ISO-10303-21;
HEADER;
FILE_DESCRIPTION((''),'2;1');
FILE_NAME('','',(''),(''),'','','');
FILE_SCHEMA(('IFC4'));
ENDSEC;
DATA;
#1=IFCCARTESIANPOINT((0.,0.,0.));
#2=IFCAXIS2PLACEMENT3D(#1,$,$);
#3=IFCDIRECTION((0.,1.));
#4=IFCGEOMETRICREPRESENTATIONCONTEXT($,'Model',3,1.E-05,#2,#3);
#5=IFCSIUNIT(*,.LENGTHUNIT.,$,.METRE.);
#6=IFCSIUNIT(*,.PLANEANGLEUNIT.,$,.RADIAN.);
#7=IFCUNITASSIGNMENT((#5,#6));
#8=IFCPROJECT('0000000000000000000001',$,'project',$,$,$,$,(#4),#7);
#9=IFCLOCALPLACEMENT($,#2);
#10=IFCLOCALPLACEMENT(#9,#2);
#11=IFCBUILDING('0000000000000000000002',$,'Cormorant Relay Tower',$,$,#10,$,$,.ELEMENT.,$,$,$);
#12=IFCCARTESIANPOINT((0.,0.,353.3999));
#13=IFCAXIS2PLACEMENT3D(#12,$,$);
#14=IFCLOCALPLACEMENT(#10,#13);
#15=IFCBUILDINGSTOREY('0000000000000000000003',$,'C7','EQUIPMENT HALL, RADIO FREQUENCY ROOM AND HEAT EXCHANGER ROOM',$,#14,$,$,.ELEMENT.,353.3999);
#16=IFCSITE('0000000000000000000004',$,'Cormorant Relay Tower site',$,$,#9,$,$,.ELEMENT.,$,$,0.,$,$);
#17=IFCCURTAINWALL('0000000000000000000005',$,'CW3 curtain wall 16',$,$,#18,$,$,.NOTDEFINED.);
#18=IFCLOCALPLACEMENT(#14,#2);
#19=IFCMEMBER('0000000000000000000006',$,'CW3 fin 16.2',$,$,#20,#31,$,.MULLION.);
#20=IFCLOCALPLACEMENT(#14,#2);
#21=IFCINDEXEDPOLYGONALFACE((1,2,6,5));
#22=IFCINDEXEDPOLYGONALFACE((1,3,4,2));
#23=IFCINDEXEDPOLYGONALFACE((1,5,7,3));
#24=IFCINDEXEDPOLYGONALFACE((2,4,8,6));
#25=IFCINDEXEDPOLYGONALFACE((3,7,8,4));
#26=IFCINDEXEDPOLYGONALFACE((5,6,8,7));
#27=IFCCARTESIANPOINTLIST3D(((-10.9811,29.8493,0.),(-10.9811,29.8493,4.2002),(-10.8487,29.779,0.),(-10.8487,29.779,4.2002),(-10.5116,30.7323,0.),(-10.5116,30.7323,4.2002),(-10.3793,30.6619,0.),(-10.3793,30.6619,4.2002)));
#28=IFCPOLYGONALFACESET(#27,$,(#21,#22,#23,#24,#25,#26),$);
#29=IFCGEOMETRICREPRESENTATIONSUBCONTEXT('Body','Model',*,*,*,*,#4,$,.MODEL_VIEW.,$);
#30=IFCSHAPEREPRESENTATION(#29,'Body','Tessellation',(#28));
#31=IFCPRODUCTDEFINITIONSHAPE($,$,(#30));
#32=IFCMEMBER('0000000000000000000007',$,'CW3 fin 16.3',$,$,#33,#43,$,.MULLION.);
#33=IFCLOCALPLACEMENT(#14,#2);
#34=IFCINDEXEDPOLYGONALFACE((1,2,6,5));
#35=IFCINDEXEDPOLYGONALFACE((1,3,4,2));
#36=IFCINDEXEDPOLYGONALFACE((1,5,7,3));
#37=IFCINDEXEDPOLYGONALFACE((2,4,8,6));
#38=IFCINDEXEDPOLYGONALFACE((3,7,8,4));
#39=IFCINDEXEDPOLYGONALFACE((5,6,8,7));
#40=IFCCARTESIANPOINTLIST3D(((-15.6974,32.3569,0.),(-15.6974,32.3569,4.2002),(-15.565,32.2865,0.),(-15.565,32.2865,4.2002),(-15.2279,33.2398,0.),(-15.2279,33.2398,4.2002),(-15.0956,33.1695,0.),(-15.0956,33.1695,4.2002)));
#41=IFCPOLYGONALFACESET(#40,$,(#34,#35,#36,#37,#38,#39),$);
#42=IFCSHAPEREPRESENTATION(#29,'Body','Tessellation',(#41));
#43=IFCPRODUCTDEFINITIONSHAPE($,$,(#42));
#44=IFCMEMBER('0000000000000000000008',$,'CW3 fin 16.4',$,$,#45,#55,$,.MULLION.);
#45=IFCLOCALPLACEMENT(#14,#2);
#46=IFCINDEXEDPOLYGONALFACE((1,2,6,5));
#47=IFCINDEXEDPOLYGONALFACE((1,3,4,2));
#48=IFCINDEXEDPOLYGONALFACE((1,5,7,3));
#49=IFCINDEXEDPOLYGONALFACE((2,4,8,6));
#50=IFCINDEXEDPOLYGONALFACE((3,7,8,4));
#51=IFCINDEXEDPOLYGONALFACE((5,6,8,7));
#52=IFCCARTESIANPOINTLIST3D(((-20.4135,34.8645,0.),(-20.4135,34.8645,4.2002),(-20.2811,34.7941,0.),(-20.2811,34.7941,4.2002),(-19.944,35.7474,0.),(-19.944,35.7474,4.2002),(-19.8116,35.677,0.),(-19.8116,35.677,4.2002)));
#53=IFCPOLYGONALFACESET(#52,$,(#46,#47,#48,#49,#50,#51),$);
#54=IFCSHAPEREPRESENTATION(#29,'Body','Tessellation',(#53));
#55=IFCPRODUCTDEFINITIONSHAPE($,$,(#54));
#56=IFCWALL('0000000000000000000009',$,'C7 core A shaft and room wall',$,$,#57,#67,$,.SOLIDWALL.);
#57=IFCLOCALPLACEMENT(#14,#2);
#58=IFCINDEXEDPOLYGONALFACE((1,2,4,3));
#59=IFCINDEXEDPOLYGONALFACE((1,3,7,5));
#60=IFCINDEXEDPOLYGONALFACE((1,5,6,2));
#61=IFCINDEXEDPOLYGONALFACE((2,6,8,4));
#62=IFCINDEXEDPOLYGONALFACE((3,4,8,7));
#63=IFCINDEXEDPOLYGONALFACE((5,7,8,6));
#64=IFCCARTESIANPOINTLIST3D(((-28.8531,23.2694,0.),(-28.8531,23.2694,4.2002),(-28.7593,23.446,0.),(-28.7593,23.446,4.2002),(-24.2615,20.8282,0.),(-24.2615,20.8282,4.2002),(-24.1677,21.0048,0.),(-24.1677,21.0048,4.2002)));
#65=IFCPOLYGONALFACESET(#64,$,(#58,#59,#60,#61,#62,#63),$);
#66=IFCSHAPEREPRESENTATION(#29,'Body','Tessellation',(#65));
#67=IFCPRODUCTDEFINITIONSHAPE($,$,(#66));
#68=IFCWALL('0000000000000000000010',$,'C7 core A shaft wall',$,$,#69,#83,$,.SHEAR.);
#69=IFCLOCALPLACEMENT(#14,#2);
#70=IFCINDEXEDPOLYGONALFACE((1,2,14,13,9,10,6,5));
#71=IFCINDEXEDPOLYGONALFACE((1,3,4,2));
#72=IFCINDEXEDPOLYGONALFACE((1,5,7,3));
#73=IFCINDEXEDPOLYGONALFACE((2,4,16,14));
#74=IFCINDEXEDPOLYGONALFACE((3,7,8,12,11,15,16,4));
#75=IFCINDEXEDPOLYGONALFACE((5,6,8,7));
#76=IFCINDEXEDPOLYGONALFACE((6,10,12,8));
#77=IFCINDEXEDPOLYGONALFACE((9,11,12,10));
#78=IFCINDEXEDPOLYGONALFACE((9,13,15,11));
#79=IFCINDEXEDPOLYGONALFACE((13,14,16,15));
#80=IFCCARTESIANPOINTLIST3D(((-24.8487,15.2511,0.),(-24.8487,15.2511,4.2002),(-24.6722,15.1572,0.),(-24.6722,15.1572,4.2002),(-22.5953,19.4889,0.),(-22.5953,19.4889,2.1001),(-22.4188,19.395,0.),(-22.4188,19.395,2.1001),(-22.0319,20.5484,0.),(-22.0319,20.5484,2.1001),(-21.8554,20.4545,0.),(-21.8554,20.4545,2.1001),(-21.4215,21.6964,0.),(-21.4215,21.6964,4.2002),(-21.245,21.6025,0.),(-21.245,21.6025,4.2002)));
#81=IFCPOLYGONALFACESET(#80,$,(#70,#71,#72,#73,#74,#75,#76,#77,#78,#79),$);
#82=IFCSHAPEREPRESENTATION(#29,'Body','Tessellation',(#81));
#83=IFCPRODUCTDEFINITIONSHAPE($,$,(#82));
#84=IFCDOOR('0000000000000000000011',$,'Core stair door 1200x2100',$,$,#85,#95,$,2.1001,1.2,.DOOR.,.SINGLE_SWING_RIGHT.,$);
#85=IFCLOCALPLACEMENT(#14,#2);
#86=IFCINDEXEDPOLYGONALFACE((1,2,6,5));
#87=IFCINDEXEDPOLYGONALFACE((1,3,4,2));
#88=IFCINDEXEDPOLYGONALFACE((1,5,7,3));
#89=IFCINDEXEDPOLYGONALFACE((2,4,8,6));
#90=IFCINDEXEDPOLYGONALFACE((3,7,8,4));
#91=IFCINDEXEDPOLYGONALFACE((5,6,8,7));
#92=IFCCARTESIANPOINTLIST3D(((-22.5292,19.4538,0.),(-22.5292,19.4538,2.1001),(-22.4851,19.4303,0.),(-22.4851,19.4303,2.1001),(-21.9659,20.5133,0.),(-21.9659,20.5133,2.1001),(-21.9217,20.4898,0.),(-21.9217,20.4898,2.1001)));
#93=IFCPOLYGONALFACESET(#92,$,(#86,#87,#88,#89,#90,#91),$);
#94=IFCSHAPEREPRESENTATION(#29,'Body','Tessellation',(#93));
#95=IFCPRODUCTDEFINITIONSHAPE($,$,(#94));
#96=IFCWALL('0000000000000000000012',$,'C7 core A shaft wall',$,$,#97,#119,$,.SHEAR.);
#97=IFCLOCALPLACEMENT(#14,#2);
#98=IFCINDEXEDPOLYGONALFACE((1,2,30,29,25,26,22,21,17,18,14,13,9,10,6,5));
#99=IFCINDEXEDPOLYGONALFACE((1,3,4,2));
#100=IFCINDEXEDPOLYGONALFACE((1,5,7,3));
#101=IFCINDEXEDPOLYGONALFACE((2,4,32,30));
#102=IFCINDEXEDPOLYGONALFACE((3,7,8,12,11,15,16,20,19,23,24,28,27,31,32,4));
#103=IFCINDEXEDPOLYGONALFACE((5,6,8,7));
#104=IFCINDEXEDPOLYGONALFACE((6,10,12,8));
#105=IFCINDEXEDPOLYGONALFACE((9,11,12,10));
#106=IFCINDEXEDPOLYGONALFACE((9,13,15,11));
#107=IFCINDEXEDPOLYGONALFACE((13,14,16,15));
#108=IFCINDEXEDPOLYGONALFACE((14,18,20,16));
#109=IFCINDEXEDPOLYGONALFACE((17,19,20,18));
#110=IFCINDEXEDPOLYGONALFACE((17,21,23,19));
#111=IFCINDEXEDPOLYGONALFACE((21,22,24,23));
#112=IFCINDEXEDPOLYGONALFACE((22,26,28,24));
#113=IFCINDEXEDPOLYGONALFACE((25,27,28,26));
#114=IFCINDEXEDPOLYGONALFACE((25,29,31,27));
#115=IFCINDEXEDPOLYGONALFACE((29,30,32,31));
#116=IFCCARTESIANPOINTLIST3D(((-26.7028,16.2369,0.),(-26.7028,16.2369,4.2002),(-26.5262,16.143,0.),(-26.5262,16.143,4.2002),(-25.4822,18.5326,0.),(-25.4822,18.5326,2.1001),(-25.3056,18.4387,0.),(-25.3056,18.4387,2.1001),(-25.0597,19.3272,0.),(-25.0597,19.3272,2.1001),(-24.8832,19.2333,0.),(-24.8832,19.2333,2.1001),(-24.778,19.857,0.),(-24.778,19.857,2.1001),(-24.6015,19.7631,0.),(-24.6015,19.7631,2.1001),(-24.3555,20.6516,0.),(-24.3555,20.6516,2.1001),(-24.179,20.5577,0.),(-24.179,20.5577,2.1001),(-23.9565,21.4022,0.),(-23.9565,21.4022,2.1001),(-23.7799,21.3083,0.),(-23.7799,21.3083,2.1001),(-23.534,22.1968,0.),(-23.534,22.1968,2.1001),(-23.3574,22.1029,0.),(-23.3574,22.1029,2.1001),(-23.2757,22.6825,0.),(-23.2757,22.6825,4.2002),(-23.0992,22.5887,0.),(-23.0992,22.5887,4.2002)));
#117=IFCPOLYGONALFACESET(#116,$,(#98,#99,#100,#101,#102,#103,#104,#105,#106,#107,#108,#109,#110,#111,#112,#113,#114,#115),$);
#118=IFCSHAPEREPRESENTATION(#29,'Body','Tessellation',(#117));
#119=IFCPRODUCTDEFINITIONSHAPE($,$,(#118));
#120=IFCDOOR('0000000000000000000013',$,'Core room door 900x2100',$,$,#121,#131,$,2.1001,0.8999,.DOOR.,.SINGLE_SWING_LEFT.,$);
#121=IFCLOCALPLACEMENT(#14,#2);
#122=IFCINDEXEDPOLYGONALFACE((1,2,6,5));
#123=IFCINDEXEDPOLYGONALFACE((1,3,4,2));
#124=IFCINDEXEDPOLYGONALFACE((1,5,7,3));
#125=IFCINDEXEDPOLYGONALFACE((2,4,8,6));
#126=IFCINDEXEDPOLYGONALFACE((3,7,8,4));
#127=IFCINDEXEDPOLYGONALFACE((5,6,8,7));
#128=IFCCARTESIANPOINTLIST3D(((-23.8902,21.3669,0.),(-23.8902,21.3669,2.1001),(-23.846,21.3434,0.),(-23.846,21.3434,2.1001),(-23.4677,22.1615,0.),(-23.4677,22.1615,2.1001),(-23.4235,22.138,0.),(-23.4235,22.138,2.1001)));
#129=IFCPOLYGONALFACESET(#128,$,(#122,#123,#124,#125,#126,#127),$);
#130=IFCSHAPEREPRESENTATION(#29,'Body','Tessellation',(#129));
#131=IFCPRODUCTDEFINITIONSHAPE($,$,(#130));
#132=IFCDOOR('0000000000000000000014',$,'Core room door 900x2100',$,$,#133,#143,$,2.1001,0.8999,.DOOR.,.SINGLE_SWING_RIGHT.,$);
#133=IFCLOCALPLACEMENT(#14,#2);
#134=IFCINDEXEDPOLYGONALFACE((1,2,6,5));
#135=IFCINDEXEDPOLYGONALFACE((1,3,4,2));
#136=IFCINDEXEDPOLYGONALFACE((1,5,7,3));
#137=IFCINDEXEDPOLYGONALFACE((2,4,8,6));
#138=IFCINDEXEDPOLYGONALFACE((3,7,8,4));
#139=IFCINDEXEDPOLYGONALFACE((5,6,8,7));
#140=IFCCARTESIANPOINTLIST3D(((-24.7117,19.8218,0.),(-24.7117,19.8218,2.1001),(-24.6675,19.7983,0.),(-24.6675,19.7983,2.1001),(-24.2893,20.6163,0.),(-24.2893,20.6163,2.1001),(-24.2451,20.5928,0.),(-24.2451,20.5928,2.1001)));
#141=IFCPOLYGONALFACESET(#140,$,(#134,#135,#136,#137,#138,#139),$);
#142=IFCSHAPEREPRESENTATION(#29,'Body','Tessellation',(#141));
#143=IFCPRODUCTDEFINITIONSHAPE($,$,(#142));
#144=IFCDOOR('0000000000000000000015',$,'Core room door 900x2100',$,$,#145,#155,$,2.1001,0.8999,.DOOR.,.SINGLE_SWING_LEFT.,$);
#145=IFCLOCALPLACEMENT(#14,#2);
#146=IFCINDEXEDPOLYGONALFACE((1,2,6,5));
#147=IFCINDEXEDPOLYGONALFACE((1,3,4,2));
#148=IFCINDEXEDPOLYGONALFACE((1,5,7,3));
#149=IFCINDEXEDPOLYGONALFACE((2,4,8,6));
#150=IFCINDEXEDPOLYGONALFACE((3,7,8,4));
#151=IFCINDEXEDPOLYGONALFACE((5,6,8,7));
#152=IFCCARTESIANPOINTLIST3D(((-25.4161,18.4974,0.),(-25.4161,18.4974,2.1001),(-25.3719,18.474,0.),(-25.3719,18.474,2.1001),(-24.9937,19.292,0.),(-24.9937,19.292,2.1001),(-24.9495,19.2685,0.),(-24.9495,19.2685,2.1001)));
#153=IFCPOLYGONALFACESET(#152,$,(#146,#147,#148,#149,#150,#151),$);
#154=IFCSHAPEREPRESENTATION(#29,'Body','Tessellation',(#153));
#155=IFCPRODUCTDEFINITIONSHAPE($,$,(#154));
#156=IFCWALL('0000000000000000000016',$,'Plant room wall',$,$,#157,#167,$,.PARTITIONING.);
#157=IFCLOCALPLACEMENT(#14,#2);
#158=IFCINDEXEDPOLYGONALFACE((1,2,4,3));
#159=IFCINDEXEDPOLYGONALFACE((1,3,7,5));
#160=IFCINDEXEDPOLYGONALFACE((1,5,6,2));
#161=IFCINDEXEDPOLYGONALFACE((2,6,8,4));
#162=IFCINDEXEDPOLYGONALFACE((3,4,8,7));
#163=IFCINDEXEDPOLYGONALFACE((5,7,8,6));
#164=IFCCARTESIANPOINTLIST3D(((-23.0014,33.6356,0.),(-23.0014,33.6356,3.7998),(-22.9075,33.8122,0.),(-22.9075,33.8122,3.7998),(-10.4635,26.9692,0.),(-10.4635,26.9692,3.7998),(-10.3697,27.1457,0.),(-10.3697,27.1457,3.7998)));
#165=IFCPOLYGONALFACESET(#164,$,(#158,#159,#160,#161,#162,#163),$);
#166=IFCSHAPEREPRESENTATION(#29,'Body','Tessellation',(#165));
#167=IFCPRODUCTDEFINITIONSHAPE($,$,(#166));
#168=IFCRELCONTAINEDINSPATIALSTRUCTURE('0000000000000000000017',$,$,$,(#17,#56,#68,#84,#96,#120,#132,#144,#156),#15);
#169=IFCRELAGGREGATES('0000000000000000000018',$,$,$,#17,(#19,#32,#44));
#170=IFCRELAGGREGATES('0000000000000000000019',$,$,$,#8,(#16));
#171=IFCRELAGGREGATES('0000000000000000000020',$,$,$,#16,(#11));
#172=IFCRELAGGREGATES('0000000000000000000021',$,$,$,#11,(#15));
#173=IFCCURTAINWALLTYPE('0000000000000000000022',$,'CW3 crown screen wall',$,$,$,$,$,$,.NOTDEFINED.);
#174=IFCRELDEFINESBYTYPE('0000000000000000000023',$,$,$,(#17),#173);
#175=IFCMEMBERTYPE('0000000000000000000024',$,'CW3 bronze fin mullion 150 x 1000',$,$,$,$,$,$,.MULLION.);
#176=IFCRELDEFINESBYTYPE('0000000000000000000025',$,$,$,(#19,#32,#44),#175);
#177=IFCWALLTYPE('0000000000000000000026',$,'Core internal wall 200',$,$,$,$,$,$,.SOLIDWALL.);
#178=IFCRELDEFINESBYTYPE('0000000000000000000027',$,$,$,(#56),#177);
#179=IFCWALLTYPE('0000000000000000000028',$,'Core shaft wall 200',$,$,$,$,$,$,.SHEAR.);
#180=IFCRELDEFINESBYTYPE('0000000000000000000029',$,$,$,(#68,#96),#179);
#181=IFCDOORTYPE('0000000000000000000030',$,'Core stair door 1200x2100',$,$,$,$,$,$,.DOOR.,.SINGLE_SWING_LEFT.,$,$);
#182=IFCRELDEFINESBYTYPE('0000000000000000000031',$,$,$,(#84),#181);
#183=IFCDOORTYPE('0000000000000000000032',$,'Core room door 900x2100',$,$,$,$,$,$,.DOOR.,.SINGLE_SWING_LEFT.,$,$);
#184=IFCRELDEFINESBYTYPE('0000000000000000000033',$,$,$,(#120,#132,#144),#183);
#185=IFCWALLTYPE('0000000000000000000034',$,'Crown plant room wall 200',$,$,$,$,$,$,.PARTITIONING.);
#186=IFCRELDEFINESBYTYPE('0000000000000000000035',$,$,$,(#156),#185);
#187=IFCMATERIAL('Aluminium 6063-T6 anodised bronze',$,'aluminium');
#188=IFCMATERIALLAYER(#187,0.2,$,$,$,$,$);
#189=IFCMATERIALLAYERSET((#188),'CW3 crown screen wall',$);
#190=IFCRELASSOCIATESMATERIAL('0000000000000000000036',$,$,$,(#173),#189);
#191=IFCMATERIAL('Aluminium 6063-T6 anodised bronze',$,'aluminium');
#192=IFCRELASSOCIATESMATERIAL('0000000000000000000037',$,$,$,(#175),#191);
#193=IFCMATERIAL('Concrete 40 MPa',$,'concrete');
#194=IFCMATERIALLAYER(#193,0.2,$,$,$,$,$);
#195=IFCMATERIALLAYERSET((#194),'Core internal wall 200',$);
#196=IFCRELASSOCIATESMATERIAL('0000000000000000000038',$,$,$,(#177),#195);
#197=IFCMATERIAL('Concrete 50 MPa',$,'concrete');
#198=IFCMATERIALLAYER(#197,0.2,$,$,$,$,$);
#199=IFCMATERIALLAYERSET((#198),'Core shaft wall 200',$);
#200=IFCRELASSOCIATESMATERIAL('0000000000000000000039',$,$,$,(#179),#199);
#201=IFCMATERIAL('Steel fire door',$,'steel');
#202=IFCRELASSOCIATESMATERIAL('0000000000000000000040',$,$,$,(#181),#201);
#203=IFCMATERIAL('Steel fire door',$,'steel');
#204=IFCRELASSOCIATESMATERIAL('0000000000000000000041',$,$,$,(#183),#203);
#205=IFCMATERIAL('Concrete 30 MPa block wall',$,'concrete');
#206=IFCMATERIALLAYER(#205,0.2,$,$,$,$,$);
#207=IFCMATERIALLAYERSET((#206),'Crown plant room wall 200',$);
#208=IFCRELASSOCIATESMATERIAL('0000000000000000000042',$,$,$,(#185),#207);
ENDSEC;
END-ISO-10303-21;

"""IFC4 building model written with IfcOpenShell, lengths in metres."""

from ifc_helpers import new_model, si_unit, direction, frame, frame_2d, origin, origin_2d, place, context, subcontext, project, spatial, rectangle, extrude, material, layer, layer_set, material_profile, profile_set, type_object, element, fill, aggregate, save


model = new_model("IFC4")

# Units and contexts
model_context = context("Model", 3, precision=1e-05, world=origin(), true_north=direction((0.0, 1.0)))
body_context = subcontext(model_context, "Body", "Model", "MODEL_VIEW")
ifc_project = project(units=[si_unit("LENGTHUNIT", "METRE"), si_unit("PLANEANGLEUNIT", "RADIAN")], contexts=[model_context])

# Site, building, storey
site_placement = place(None, origin())
site = spatial("IfcSite", under=ifc_project, at=site_placement, Name="Cormorant Relay Tower site", CompositionType="ELEMENT", RefElevation=0.0)
building_placement = place(site_placement, origin())
building = spatial("IfcBuilding", under=site, at=building_placement, Name="Cormorant Relay Tower", CompositionType="ELEMENT")
storey_placement = place(building_placement, frame((0.0, 0.0, 353.3999)))
storey = spatial("IfcBuildingStorey", under=building, at=storey_placement, Name="C7", Description="EQUIPMENT HALL, RADIO FREQUENCY ROOM AND HEAT EXCHANGER ROOM", CompositionType="ELEMENT", Elevation=353.3999)

# Curtain wall, members
ifc_material_1 = material(Name="Aluminium 6063-T6 anodised bronze", Category="aluminium")
ifc_layer_1 = layer(ifc_material_1, 0.2)
ifc_layer_set_1 = layer_set([ifc_layer_1], Name="CW3 crown screen wall")
curtain_wall_type = type_object("IfcCurtainWallType", Name="CW3 crown screen wall", PredefinedType="NOTDEFINED", material=ifc_layer_set_1)
curtain_wall_placement = place(storey_placement, origin())
curtain_wall = element("IfcCurtainWall", 1, at=curtain_wall_placement, inside=storey, type_object=curtain_wall_type, Name="CW3 curtain wall 16", PredefinedType="NOTDEFINED")
ifc_material_2 = material(Name="Aluminium 6063-T6 anodised bronze", Category="aluminium")
ifc_material_profile = material_profile(ifc_material_2, rectangle(XDim=0.1499, YDim=1.0, at=origin_2d()), Name="AL 150x1000")
ifc_profile_set = profile_set([ifc_material_profile], Name="Aluminium 6063-T6 anodised bronze")
member_type = type_object("IfcMemberType", Name="CW3 bronze fin mullion 150 x 1000", PredefinedType="MULLION", material=ifc_profile_set)
member_1_placement = place(storey_placement, frame((-10.6802, 30.2556, 0.0), z_axis=(0.0, 0.0, 1.0), x_axis=(-0.882948, 0.469472, 0.0)))
member_1 = element("IfcMember", 2, at=member_1_placement, type_object=member_type, Name="CW3 fin 16.2", PredefinedType="MULLION", context=body_context, shape_type="SweptSolid", body=[
    extrude(rectangle(XDim=0.1499, YDim=1.0, at=origin_2d()), origin(), (0.0, 0.0, 1.0), 4.2002),
])
member_2_placement = place(storey_placement, frame((-15.3965, 32.7632, 0.0), z_axis=(0.0, 0.0, 1.0), x_axis=(-0.882948, 0.469472, 0.0)))
member_2 = element("IfcMember", 3, at=member_2_placement, type_object=member_type, Name="CW3 fin 16.3", PredefinedType="MULLION", context=body_context, shape_type="SweptSolid", body=[
    extrude(rectangle(XDim=0.1499, YDim=1.0, at=origin_2d()), origin(), (0.0, 0.0, 1.0), 4.2002),
])
member_3_placement = place(storey_placement, frame((-20.1125, 35.2708, 0.0), z_axis=(0.0, 0.0, 1.0), x_axis=(-0.882948, 0.469472, 0.0)))
member_3 = element("IfcMember", 4, at=member_3_placement, type_object=member_type, Name="CW3 fin 16.4", PredefinedType="MULLION", context=body_context, shape_type="SweptSolid", body=[
    extrude(rectangle(XDim=0.1499, YDim=1.0, at=origin_2d()), origin(), (0.0, 0.0, 1.0), 4.2002),
])

# Wall
ifc_material_3 = material(Name="Concrete 40 MPa", Category="concrete")
ifc_layer_2 = layer(ifc_material_3, 0.2)
ifc_layer_set_2 = layer_set([ifc_layer_2], Name="Core internal wall 200")
wall_type_1 = type_object("IfcWallType", Name="Core internal wall 200", PredefinedType="SOLIDWALL", material=ifc_layer_set_2)
wall_1_placement = place(storey_placement, frame((-24.2146, 20.9165, 0.0), z_axis=(0.0, 0.0, 1.0), x_axis=(-0.882964, 0.46944, 0.0)))
element("IfcWall", 5, at=wall_1_placement, inside=storey, type_object=wall_type_1, Name="C7 core A shaft and room wall", PredefinedType="SOLIDWALL", context=body_context, shape_type="SweptSolid", body=[
    extrude(rectangle(XDim=5.2002, YDim=0.2, at=frame_2d((2.6001, 0.0))), origin(), (0.0, 0.0, 1.0), 4.2002),
])

# Wall, opening, door
ifc_material_4 = material(Name="Concrete 50 MPa", Category="concrete")
ifc_layer_3 = layer(ifc_material_4, 0.2)
ifc_layer_set_3 = layer_set([ifc_layer_3], Name="Core shaft wall 200")
wall_type_2 = type_object("IfcWallType", Name="Core shaft wall 200", PredefinedType="SHEAR", material=ifc_layer_set_3)
wall_2_placement = place(storey_placement, frame((-21.3333, 21.6494, 0.0), z_axis=(0.0, 0.0, 1.0), x_axis=(-0.469494, -0.882936, 0.0)))
wall_2 = element("IfcWall", 6, at=wall_2_placement, inside=storey, type_object=wall_type_2, Name="C7 core A shaft wall", PredefinedType="SHEAR", context=body_context, shape_type="SweptSolid", body=[
    extrude(rectangle(XDim=7.2998, YDim=0.2, at=frame_2d((3.6499, 0.0))), origin(), (0.0, 0.0, 1.0), 4.2002),
])
opening_1_placement = place(wall_2_placement, frame((1.3, 0.0, 0.0)))
opening_1 = element("IfcOpeningElement", 7, at=opening_1_placement, cuts=wall_2, PredefinedType="OPENING", context=body_context, shape_type="SweptSolid", body=[
    extrude(rectangle(XDim=1.2, YDim=2.1001, at=frame_2d((0.6001, 1.05))), frame((0.0, 0.1099, 0.0), z_axis=(0.0, -1.0, 0.0), x_axis=(1.0, 0.0, 0.0)), (0.0, 0.0, 1.0), 0.22),
])
ifc_material_5 = material(Name="Steel fire door", Category="steel")
door_type_1 = type_object("IfcDoorType", Name="Core stair door 1200x2100", OperationType="SINGLE_SWING_LEFT", PredefinedType="DOOR", material=ifc_material_5)
door_1_placement = place(opening_1_placement, origin())
door_1 = element("IfcDoor", 8, at=door_1_placement, inside=storey, type_object=door_type_1, Name="Core stair door 1200x2100", OperationType="SINGLE_SWING_RIGHT", OverallHeight=2.1001, OverallWidth=1.2, PredefinedType="DOOR", context=body_context, shape_type="SweptSolid", body=[
    extrude(rectangle(XDim=1.2, YDim=2.1001, at=frame_2d((0.6001, 1.05))), frame((0.0, 0.0249, 0.0), z_axis=(0.0, -1.0, 0.0), x_axis=(1.0, 0.0, 0.0)), (0.0, 0.0, 1.0), 0.05),
])
fill(opening_1, door_1)

# Wall, openings, doors
wall_3_placement = place(storey_placement, frame((-23.1875, 22.6355, 0.0), z_axis=(0.0, 0.0, 1.0), x_axis=(-0.469454, -0.882957, 0.0)))
wall_3 = element("IfcWall", 9, at=wall_3_placement, inside=storey, type_object=wall_type_2, Name="C7 core A shaft wall", PredefinedType="SHEAR", context=body_context, shape_type="SweptSolid", body=[
    extrude(rectangle(XDim=7.3, YDim=0.2, at=frame_2d((3.6499, 0.0))), origin(), (0.0, 0.0, 1.0), 4.2002),
])
opening_2_placement = place(wall_3_placement, frame((0.55, 0.0, 0.0)))
opening_2 = element("IfcOpeningElement", 10, at=opening_2_placement, cuts=wall_3, PredefinedType="OPENING", context=body_context, shape_type="SweptSolid", body=[
    extrude(rectangle(XDim=0.8999, YDim=2.1001, at=frame_2d((0.45, 1.05))), frame((0.0, 0.1099, 0.0), z_axis=(0.0, -1.0, 0.0), x_axis=(1.0, 0.0, 0.0)), (0.0, 0.0, 1.0), 0.22),
])
opening_3_placement = place(wall_3_placement, frame((2.3, 0.0, 0.0)))
opening_3 = element("IfcOpeningElement", 11, at=opening_3_placement, cuts=wall_3, PredefinedType="OPENING", context=body_context, shape_type="SweptSolid", body=[
    extrude(rectangle(XDim=0.8999, YDim=2.1001, at=frame_2d((0.45, 1.05))), frame((0.0, 0.1099, 0.0), z_axis=(0.0, -1.0, 0.0), x_axis=(1.0, 0.0, 0.0)), (0.0, 0.0, 1.0), 0.22),
])
opening_4_placement = place(wall_3_placement, frame((3.8, 0.0, 0.0)))
opening_4 = element("IfcOpeningElement", 12, at=opening_4_placement, cuts=wall_3, PredefinedType="OPENING", context=body_context, shape_type="SweptSolid", body=[
    extrude(rectangle(XDim=0.8999, YDim=2.1001, at=frame_2d((0.45, 1.05))), frame((0.0, 0.1099, 0.0), z_axis=(0.0, -1.0, 0.0), x_axis=(1.0, 0.0, 0.0)), (0.0, 0.0, 1.0), 0.22),
])
ifc_material_6 = material(Name="Steel fire door", Category="steel")
door_type_2 = type_object("IfcDoorType", Name="Core room door 900x2100", OperationType="SINGLE_SWING_LEFT", PredefinedType="DOOR", material=ifc_material_6)
door_2_placement = place(opening_2_placement, frame((0.8999, 0.0, 0.0), z_axis=(0.0, 0.0, 1.0), x_axis=(-1.0, 0.0, 0.0)))
door_2 = element("IfcDoor", 13, at=door_2_placement, inside=storey, type_object=door_type_2, Name="Core room door 900x2100", OperationType="SINGLE_SWING_LEFT", OverallHeight=2.1001, OverallWidth=0.8999, PredefinedType="DOOR", context=body_context, shape_type="SweptSolid", body=[
    extrude(rectangle(XDim=0.8999, YDim=2.1001, at=frame_2d((0.45, 1.05))), frame((0.0, 0.0249, 0.0), z_axis=(0.0, -1.0, 0.0), x_axis=(1.0, 0.0, 0.0)), (0.0, 0.0, 1.0), 0.05),
])
fill(opening_2, door_2)
door_3_placement = place(opening_3_placement, frame((0.8999, 0.0, 0.0), z_axis=(0.0, 0.0, 1.0), x_axis=(-1.0, 0.0, 0.0)))
door_3 = element("IfcDoor", 14, at=door_3_placement, inside=storey, type_object=door_type_2, Name="Core room door 900x2100", OperationType="SINGLE_SWING_RIGHT", OverallHeight=2.1001, OverallWidth=0.8999, PredefinedType="DOOR", context=body_context, shape_type="SweptSolid", body=[
    extrude(rectangle(XDim=0.8999, YDim=2.1001, at=frame_2d((0.45, 1.05))), frame((0.0, 0.0249, 0.0), z_axis=(0.0, -1.0, 0.0), x_axis=(1.0, 0.0, 0.0)), (0.0, 0.0, 1.0), 0.05),
])
fill(opening_3, door_3)
door_4_placement = place(opening_4_placement, origin())
door_4 = element("IfcDoor", 15, at=door_4_placement, inside=storey, type_object=door_type_2, Name="Core room door 900x2100", OperationType="SINGLE_SWING_LEFT", OverallHeight=2.1001, OverallWidth=0.8999, PredefinedType="DOOR", context=body_context, shape_type="SweptSolid", body=[
    extrude(rectangle(XDim=0.8999, YDim=2.1001, at=frame_2d((0.45, 1.05))), frame((0.0, 0.0249, 0.0), z_axis=(0.0, -1.0, 0.0), x_axis=(1.0, 0.0, 0.0)), (0.0, 0.0, 1.0), 0.05),
])
fill(opening_4, door_4)

# Wall
ifc_material_7 = material(Name="Concrete 30 MPa block wall", Category="concrete")
ifc_layer_4 = layer(ifc_material_7, 0.2)
ifc_layer_set_4 = layer_set([ifc_layer_4], Name="Crown plant room wall 200")
wall_type_3 = type_object("IfcWallType", Name="Crown plant room wall 200", PredefinedType="PARTITIONING", material=ifc_layer_set_4)
wall_4_placement = place(storey_placement, frame((-10.4165, 27.0574, 0.0), z_axis=(0.0, 0.0, 1.0), x_axis=(-0.882947, 0.469472, 0.0)))
element("IfcWall", 16, at=wall_4_placement, inside=storey, type_object=wall_type_3, Name="Plant room wall", PredefinedType="PARTITIONING", context=body_context, shape_type="SweptSolid", body=[
    extrude(rectangle(XDim=14.2, YDim=0.2, at=frame_2d((7.1001, 0.0))), origin(), (0.0, 0.0, 1.0), 3.7998),
])

aggregate(curtain_wall, [member_1, member_2, member_3])

save(model, "model.ifc")
